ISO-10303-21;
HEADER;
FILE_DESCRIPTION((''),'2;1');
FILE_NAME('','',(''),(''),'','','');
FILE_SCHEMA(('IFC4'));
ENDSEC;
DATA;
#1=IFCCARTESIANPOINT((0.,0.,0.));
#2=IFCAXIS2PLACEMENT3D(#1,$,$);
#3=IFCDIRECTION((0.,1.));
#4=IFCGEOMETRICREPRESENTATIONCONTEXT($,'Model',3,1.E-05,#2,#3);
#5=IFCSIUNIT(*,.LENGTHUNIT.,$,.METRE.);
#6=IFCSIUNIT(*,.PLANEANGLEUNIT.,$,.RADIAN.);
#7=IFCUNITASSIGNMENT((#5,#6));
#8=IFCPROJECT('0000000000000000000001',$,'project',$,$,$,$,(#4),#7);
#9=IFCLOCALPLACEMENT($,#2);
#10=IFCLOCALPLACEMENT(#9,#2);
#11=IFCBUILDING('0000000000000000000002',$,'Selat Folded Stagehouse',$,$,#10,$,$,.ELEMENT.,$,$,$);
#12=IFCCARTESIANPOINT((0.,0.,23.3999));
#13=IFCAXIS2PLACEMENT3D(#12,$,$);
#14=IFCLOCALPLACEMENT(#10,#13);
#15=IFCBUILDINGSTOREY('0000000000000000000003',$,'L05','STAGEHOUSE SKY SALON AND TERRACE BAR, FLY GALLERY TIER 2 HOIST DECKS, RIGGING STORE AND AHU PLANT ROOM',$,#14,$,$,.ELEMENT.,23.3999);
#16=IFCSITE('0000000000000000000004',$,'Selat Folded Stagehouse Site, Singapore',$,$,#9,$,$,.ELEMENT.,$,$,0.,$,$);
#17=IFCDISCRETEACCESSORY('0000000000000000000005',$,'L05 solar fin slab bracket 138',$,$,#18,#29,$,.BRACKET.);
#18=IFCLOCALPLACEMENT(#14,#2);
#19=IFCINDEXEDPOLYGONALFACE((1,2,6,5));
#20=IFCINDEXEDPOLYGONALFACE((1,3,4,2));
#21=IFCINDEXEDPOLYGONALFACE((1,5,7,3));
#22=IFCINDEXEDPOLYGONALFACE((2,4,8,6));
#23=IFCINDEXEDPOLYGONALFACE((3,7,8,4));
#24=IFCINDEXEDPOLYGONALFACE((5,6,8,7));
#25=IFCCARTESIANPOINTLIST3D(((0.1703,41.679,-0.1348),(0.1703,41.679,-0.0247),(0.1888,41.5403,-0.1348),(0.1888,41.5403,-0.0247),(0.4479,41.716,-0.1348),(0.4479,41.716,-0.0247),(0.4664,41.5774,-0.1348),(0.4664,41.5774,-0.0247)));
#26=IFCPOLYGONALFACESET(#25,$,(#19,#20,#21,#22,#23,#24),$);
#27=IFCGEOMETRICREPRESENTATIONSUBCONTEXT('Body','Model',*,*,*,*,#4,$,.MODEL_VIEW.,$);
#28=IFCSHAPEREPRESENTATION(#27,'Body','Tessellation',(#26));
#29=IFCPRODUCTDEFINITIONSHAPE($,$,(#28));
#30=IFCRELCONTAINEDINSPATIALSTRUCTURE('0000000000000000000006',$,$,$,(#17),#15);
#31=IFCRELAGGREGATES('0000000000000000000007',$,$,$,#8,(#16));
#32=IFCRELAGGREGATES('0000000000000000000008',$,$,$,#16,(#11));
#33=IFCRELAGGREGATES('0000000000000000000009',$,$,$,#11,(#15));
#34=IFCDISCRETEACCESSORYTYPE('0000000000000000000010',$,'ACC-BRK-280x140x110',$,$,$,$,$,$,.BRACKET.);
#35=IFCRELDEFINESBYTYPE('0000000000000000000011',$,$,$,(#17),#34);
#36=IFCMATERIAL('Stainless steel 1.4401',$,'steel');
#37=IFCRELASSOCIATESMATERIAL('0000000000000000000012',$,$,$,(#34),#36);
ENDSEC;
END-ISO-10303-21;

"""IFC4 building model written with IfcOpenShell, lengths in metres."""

from ifc_helpers import new_model, si_unit, direction, frame, origin, origin_2d, place, context, subcontext, project, spatial, rectangle, extrude, material, type_object, element, save


model = new_model("IFC4")

# Units and contexts
model_context = context("Model", 3, precision=1e-05, world=origin(), true_north=direction((0.0, 1.0)))
body_context = subcontext(model_context, "Body", "Model", "MODEL_VIEW")
ifc_project = project(units=[si_unit("LENGTHUNIT", "METRE"), si_unit("PLANEANGLEUNIT", "RADIAN")], contexts=[model_context])

# Site, building, storey
site_placement = place(None, origin())
site = spatial("IfcSite", under=ifc_project, at=site_placement, Name="Selat Folded Stagehouse Site, Singapore", CompositionType="ELEMENT", RefElevation=0.0)
building_placement = place(site_placement, origin())
building = spatial("IfcBuilding", under=site, at=building_placement, Name="Selat Folded Stagehouse", CompositionType="ELEMENT")
storey_placement = place(building_placement, frame((0.0, 0.0, 23.3999)))
storey = spatial("IfcBuildingStorey", under=building, at=storey_placement, Name="L05", Description="STAGEHOUSE SKY SALON AND TERRACE BAR, FLY GALLERY TIER 2 HOIST DECKS, RIGGING STORE AND AHU PLANT ROOM", CompositionType="ELEMENT", Elevation=23.3999)

# Discrete accessory
ifc_material_1 = material(Name="Stainless steel 1.4401", Category="steel")
discrete_accessory_type = type_object("IfcDiscreteAccessoryType", Name="ACC-BRK-280x140x110", PredefinedType="BRACKET", material=ifc_material_1)
for number, where, z_axis, x_axis, name in (
    (1, (0.3184, 41.6282, -0.1348), (0.0, 0.0, 1.0), (-0.991192, -0.132429, 0.0), "L05 solar fin slab bracket 138"),
):
    element("IfcDiscreteAccessory", number, at=place(storey_placement, frame(where, z_axis=z_axis, x_axis=x_axis)), inside=storey, type_object=discrete_accessory_type, Name=name, PredefinedType="BRACKET", context=body_context, shape_type="SweptSolid", body=[
        extrude(rectangle(XDim=0.28, YDim=0.1399, at=origin_2d()), origin(), (0.0, 0.0, 1.0), 0.1101),
    ])

save(model, "model.ifc")
